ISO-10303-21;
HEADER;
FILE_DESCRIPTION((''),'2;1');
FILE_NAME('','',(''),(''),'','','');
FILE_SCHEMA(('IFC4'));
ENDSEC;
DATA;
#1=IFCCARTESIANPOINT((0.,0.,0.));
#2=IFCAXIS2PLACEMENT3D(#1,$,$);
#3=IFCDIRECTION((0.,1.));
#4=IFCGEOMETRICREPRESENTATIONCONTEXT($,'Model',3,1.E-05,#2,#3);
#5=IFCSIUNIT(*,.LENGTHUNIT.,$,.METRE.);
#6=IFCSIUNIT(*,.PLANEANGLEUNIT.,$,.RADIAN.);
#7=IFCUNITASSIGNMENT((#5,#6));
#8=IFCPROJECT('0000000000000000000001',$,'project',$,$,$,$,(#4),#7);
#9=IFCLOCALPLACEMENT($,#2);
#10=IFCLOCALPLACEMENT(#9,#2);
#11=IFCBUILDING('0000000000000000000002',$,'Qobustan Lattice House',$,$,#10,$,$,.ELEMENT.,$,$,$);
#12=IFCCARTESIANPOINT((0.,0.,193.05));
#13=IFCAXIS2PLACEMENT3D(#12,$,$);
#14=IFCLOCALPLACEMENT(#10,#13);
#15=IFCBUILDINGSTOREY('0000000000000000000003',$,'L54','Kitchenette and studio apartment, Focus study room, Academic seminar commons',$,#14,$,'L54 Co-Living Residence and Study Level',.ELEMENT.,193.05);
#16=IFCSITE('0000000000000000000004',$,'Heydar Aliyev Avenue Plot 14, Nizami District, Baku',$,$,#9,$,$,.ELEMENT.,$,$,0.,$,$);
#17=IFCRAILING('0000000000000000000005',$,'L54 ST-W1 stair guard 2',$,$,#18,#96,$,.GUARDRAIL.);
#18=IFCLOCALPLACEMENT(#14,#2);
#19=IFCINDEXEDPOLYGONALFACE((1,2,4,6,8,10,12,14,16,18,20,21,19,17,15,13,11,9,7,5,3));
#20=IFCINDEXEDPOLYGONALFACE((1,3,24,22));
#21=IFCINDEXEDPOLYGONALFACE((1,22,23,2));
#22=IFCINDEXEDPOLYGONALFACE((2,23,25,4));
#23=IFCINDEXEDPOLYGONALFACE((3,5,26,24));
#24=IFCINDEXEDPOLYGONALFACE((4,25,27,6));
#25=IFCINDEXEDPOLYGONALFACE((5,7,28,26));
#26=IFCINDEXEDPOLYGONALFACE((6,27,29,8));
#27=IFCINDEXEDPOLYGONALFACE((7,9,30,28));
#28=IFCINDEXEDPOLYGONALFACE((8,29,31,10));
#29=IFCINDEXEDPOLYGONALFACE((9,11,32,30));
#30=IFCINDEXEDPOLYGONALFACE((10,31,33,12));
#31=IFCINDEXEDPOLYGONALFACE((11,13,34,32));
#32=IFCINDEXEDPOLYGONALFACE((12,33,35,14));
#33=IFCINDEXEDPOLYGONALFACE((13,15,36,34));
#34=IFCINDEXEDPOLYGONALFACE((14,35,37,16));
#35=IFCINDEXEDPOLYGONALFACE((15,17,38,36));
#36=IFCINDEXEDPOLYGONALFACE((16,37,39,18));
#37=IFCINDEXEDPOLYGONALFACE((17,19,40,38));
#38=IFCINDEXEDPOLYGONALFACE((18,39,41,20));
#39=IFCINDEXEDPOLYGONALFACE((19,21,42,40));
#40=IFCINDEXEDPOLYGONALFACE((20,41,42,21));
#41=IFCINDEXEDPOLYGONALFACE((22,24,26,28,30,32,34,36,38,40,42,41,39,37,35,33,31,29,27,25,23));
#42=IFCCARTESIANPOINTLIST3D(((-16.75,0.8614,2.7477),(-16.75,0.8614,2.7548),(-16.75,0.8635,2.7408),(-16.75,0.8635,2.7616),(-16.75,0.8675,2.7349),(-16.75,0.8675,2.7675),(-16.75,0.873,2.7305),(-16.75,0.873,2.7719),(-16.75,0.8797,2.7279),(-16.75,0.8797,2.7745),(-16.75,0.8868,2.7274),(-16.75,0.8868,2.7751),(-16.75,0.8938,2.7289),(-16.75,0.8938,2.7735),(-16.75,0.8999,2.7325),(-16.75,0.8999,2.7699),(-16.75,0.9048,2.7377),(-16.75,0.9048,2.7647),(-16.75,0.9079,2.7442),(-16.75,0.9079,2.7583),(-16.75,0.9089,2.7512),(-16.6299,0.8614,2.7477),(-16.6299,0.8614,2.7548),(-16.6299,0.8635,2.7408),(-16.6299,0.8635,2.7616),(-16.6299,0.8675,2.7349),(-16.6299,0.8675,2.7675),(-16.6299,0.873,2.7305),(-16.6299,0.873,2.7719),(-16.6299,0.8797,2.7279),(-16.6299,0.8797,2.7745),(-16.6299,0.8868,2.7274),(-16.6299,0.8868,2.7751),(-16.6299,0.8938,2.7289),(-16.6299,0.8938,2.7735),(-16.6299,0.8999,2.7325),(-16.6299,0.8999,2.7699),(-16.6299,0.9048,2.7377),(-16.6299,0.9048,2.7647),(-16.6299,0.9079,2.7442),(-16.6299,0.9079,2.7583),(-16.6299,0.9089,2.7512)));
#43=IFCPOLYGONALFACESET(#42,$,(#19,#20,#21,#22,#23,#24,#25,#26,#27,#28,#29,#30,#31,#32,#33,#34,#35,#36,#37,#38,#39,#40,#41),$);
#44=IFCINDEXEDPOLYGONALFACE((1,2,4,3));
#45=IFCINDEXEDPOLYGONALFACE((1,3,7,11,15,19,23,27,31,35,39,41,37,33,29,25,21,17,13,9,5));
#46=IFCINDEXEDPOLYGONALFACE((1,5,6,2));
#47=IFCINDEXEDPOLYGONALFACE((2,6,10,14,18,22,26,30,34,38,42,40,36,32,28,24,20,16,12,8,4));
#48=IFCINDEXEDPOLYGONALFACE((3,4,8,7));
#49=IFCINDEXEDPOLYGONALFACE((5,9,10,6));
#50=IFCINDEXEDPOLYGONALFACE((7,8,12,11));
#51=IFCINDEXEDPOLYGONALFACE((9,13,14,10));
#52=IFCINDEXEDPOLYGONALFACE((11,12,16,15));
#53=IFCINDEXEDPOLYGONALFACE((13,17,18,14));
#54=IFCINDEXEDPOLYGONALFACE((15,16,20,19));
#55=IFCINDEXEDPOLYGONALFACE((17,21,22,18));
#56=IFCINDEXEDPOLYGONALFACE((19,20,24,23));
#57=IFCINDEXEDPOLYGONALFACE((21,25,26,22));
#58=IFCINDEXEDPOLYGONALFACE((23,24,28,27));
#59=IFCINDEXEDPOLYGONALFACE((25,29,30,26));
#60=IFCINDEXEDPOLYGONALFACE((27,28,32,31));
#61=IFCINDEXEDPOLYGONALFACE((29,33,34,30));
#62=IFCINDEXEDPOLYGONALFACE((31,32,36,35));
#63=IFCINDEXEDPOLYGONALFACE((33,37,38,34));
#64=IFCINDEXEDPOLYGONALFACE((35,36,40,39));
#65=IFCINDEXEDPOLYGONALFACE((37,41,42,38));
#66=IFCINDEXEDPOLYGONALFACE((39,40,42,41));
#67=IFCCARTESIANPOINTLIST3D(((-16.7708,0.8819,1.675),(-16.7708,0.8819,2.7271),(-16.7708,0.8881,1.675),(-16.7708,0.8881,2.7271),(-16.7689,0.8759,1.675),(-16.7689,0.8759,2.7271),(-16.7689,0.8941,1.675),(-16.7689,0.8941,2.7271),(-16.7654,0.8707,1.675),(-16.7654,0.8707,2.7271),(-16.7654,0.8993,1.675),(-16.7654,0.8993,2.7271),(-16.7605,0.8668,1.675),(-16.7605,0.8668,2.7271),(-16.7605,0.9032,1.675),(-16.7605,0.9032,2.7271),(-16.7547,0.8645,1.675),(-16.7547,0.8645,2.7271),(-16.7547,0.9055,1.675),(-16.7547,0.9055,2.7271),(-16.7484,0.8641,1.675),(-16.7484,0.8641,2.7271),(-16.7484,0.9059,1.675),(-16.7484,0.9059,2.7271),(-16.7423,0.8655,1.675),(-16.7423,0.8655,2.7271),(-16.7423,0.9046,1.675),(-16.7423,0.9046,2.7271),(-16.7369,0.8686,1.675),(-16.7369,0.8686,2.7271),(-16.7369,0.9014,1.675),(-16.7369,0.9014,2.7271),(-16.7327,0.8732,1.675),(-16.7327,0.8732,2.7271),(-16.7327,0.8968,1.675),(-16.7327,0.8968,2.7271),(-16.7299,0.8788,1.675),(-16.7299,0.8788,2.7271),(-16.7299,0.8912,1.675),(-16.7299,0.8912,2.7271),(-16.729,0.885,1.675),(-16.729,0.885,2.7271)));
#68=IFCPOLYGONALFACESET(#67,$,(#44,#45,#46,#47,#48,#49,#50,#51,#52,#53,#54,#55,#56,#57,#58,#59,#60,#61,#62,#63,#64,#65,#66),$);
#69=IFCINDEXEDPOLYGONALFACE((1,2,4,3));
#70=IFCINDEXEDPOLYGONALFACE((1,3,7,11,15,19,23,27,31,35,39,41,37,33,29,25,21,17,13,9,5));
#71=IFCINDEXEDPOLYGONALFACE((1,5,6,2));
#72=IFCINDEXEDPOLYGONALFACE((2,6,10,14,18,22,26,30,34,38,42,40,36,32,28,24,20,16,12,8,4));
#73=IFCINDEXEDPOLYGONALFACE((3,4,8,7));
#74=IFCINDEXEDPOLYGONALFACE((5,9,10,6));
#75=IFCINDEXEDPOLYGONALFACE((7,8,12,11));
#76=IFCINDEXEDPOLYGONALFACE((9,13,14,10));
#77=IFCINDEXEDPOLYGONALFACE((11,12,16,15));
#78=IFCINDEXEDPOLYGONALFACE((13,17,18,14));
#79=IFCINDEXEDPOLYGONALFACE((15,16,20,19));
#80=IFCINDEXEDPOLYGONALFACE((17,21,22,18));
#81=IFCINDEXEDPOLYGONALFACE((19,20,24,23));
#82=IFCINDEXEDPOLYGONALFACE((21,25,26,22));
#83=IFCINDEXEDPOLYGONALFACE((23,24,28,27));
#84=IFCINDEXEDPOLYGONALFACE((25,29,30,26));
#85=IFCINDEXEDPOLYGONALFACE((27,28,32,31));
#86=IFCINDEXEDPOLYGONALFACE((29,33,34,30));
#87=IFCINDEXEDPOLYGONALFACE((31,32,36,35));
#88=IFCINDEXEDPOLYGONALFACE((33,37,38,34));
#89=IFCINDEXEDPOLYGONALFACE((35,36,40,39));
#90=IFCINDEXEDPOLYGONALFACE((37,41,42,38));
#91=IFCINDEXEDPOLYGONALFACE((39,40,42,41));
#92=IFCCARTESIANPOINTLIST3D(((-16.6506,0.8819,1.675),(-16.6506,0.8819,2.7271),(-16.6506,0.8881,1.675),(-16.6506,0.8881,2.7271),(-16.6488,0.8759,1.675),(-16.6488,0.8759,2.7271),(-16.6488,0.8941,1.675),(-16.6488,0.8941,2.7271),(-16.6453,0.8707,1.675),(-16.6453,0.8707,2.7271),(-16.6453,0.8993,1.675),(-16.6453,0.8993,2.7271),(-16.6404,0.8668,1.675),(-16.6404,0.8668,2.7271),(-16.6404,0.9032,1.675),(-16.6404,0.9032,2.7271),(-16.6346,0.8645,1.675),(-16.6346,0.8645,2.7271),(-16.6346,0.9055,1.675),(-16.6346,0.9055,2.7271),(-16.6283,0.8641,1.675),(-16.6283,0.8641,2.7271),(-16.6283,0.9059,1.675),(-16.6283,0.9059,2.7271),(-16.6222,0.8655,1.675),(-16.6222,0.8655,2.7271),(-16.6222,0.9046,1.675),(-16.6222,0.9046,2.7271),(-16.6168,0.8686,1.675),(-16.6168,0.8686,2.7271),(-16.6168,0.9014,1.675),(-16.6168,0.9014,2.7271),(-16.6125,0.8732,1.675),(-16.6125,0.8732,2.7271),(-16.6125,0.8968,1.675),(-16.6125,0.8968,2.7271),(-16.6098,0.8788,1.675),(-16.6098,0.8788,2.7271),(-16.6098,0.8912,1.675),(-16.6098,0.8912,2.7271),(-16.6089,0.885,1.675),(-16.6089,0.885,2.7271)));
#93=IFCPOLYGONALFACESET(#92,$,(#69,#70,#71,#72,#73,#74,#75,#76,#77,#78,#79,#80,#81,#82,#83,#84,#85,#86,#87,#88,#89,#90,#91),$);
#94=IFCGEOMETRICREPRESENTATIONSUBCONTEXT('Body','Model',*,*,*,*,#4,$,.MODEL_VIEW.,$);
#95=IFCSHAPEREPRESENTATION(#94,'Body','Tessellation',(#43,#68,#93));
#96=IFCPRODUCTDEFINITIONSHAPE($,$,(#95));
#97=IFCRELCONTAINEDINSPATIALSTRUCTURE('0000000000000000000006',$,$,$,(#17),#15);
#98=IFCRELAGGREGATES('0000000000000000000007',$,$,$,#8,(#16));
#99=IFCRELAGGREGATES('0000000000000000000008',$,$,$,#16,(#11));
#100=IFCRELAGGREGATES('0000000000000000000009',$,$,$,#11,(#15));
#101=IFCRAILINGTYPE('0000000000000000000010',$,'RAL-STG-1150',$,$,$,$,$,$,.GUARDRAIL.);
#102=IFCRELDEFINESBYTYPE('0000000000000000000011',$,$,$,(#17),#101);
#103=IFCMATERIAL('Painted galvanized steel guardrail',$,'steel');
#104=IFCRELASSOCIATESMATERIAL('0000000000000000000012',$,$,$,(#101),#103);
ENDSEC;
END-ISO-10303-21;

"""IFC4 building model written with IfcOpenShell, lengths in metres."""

from ifc_helpers import new_model, si_unit, direction, frame, origin, origin_2d, place, context, subcontext, project, spatial, circle, extrude, material, type_object, element, save


model = new_model("IFC4")

# Units and contexts
model_context = context("Model", 3, precision=1e-05, world=origin(), true_north=direction((0.0, 1.0)))
body_context = subcontext(model_context, "Body", "Model", "MODEL_VIEW")
ifc_project = project(units=[si_unit("LENGTHUNIT", "METRE"), si_unit("PLANEANGLEUNIT", "RADIAN")], contexts=[model_context])

# Site, building, storey
site_placement = place(None, origin())
site = spatial("IfcSite", under=ifc_project, at=site_placement, Name="Heydar Aliyev Avenue Plot 14, Nizami District, Baku", CompositionType="ELEMENT", RefElevation=0.0)
building_placement = place(site_placement, origin())
building = spatial("IfcBuilding", under=site, at=building_placement, Name="Qobustan Lattice House", CompositionType="ELEMENT")
storey_placement = place(building_placement, frame((0.0, 0.0, 193.05)))
storey = spatial("IfcBuildingStorey", under=building, at=storey_placement, Name="L54", Description="Kitchenette and studio apartment, Focus study room, Academic seminar commons", LongName="L54 Co-Living Residence and Study Level", CompositionType="ELEMENT", Elevation=193.05)

# Railing
ifc_material_1 = material(Name="Painted galvanized steel guardrail", Category="steel")
railing_type = type_object("IfcRailingType", Name="RAL-STG-1150", PredefinedType="GUARDRAIL", material=ifc_material_1)
railing_1_placement = place(storey_placement, frame((-16.75, 0.885, 1.675)))
element("IfcRailing", 1, at=railing_1_placement, inside=storey, type_object=railing_type, Name="L54 ST-W1 stair guard 2", PredefinedType="GUARDRAIL", context=body_context, shape_type="SweptSolid", body=[
    extrude(circle(Radius=0.0239, at=origin_2d()), frame((0.0, 0.0, 1.0762), z_axis=(1.0, 0.0, 0.0), x_axis=(0.0, 1.0, 0.0)), (0.0, 0.0, 1.0), 0.1201),
    extrude(circle(Radius=0.021, at=origin_2d()), origin(), (0.0, 0.0, 1.0), 1.052),
    extrude(circle(Radius=0.021, at=origin_2d()), frame((0.1201, 0.0, 0.0)), (0.0, 0.0, 1.0), 1.052),
])

save(model, "model.ifc")
